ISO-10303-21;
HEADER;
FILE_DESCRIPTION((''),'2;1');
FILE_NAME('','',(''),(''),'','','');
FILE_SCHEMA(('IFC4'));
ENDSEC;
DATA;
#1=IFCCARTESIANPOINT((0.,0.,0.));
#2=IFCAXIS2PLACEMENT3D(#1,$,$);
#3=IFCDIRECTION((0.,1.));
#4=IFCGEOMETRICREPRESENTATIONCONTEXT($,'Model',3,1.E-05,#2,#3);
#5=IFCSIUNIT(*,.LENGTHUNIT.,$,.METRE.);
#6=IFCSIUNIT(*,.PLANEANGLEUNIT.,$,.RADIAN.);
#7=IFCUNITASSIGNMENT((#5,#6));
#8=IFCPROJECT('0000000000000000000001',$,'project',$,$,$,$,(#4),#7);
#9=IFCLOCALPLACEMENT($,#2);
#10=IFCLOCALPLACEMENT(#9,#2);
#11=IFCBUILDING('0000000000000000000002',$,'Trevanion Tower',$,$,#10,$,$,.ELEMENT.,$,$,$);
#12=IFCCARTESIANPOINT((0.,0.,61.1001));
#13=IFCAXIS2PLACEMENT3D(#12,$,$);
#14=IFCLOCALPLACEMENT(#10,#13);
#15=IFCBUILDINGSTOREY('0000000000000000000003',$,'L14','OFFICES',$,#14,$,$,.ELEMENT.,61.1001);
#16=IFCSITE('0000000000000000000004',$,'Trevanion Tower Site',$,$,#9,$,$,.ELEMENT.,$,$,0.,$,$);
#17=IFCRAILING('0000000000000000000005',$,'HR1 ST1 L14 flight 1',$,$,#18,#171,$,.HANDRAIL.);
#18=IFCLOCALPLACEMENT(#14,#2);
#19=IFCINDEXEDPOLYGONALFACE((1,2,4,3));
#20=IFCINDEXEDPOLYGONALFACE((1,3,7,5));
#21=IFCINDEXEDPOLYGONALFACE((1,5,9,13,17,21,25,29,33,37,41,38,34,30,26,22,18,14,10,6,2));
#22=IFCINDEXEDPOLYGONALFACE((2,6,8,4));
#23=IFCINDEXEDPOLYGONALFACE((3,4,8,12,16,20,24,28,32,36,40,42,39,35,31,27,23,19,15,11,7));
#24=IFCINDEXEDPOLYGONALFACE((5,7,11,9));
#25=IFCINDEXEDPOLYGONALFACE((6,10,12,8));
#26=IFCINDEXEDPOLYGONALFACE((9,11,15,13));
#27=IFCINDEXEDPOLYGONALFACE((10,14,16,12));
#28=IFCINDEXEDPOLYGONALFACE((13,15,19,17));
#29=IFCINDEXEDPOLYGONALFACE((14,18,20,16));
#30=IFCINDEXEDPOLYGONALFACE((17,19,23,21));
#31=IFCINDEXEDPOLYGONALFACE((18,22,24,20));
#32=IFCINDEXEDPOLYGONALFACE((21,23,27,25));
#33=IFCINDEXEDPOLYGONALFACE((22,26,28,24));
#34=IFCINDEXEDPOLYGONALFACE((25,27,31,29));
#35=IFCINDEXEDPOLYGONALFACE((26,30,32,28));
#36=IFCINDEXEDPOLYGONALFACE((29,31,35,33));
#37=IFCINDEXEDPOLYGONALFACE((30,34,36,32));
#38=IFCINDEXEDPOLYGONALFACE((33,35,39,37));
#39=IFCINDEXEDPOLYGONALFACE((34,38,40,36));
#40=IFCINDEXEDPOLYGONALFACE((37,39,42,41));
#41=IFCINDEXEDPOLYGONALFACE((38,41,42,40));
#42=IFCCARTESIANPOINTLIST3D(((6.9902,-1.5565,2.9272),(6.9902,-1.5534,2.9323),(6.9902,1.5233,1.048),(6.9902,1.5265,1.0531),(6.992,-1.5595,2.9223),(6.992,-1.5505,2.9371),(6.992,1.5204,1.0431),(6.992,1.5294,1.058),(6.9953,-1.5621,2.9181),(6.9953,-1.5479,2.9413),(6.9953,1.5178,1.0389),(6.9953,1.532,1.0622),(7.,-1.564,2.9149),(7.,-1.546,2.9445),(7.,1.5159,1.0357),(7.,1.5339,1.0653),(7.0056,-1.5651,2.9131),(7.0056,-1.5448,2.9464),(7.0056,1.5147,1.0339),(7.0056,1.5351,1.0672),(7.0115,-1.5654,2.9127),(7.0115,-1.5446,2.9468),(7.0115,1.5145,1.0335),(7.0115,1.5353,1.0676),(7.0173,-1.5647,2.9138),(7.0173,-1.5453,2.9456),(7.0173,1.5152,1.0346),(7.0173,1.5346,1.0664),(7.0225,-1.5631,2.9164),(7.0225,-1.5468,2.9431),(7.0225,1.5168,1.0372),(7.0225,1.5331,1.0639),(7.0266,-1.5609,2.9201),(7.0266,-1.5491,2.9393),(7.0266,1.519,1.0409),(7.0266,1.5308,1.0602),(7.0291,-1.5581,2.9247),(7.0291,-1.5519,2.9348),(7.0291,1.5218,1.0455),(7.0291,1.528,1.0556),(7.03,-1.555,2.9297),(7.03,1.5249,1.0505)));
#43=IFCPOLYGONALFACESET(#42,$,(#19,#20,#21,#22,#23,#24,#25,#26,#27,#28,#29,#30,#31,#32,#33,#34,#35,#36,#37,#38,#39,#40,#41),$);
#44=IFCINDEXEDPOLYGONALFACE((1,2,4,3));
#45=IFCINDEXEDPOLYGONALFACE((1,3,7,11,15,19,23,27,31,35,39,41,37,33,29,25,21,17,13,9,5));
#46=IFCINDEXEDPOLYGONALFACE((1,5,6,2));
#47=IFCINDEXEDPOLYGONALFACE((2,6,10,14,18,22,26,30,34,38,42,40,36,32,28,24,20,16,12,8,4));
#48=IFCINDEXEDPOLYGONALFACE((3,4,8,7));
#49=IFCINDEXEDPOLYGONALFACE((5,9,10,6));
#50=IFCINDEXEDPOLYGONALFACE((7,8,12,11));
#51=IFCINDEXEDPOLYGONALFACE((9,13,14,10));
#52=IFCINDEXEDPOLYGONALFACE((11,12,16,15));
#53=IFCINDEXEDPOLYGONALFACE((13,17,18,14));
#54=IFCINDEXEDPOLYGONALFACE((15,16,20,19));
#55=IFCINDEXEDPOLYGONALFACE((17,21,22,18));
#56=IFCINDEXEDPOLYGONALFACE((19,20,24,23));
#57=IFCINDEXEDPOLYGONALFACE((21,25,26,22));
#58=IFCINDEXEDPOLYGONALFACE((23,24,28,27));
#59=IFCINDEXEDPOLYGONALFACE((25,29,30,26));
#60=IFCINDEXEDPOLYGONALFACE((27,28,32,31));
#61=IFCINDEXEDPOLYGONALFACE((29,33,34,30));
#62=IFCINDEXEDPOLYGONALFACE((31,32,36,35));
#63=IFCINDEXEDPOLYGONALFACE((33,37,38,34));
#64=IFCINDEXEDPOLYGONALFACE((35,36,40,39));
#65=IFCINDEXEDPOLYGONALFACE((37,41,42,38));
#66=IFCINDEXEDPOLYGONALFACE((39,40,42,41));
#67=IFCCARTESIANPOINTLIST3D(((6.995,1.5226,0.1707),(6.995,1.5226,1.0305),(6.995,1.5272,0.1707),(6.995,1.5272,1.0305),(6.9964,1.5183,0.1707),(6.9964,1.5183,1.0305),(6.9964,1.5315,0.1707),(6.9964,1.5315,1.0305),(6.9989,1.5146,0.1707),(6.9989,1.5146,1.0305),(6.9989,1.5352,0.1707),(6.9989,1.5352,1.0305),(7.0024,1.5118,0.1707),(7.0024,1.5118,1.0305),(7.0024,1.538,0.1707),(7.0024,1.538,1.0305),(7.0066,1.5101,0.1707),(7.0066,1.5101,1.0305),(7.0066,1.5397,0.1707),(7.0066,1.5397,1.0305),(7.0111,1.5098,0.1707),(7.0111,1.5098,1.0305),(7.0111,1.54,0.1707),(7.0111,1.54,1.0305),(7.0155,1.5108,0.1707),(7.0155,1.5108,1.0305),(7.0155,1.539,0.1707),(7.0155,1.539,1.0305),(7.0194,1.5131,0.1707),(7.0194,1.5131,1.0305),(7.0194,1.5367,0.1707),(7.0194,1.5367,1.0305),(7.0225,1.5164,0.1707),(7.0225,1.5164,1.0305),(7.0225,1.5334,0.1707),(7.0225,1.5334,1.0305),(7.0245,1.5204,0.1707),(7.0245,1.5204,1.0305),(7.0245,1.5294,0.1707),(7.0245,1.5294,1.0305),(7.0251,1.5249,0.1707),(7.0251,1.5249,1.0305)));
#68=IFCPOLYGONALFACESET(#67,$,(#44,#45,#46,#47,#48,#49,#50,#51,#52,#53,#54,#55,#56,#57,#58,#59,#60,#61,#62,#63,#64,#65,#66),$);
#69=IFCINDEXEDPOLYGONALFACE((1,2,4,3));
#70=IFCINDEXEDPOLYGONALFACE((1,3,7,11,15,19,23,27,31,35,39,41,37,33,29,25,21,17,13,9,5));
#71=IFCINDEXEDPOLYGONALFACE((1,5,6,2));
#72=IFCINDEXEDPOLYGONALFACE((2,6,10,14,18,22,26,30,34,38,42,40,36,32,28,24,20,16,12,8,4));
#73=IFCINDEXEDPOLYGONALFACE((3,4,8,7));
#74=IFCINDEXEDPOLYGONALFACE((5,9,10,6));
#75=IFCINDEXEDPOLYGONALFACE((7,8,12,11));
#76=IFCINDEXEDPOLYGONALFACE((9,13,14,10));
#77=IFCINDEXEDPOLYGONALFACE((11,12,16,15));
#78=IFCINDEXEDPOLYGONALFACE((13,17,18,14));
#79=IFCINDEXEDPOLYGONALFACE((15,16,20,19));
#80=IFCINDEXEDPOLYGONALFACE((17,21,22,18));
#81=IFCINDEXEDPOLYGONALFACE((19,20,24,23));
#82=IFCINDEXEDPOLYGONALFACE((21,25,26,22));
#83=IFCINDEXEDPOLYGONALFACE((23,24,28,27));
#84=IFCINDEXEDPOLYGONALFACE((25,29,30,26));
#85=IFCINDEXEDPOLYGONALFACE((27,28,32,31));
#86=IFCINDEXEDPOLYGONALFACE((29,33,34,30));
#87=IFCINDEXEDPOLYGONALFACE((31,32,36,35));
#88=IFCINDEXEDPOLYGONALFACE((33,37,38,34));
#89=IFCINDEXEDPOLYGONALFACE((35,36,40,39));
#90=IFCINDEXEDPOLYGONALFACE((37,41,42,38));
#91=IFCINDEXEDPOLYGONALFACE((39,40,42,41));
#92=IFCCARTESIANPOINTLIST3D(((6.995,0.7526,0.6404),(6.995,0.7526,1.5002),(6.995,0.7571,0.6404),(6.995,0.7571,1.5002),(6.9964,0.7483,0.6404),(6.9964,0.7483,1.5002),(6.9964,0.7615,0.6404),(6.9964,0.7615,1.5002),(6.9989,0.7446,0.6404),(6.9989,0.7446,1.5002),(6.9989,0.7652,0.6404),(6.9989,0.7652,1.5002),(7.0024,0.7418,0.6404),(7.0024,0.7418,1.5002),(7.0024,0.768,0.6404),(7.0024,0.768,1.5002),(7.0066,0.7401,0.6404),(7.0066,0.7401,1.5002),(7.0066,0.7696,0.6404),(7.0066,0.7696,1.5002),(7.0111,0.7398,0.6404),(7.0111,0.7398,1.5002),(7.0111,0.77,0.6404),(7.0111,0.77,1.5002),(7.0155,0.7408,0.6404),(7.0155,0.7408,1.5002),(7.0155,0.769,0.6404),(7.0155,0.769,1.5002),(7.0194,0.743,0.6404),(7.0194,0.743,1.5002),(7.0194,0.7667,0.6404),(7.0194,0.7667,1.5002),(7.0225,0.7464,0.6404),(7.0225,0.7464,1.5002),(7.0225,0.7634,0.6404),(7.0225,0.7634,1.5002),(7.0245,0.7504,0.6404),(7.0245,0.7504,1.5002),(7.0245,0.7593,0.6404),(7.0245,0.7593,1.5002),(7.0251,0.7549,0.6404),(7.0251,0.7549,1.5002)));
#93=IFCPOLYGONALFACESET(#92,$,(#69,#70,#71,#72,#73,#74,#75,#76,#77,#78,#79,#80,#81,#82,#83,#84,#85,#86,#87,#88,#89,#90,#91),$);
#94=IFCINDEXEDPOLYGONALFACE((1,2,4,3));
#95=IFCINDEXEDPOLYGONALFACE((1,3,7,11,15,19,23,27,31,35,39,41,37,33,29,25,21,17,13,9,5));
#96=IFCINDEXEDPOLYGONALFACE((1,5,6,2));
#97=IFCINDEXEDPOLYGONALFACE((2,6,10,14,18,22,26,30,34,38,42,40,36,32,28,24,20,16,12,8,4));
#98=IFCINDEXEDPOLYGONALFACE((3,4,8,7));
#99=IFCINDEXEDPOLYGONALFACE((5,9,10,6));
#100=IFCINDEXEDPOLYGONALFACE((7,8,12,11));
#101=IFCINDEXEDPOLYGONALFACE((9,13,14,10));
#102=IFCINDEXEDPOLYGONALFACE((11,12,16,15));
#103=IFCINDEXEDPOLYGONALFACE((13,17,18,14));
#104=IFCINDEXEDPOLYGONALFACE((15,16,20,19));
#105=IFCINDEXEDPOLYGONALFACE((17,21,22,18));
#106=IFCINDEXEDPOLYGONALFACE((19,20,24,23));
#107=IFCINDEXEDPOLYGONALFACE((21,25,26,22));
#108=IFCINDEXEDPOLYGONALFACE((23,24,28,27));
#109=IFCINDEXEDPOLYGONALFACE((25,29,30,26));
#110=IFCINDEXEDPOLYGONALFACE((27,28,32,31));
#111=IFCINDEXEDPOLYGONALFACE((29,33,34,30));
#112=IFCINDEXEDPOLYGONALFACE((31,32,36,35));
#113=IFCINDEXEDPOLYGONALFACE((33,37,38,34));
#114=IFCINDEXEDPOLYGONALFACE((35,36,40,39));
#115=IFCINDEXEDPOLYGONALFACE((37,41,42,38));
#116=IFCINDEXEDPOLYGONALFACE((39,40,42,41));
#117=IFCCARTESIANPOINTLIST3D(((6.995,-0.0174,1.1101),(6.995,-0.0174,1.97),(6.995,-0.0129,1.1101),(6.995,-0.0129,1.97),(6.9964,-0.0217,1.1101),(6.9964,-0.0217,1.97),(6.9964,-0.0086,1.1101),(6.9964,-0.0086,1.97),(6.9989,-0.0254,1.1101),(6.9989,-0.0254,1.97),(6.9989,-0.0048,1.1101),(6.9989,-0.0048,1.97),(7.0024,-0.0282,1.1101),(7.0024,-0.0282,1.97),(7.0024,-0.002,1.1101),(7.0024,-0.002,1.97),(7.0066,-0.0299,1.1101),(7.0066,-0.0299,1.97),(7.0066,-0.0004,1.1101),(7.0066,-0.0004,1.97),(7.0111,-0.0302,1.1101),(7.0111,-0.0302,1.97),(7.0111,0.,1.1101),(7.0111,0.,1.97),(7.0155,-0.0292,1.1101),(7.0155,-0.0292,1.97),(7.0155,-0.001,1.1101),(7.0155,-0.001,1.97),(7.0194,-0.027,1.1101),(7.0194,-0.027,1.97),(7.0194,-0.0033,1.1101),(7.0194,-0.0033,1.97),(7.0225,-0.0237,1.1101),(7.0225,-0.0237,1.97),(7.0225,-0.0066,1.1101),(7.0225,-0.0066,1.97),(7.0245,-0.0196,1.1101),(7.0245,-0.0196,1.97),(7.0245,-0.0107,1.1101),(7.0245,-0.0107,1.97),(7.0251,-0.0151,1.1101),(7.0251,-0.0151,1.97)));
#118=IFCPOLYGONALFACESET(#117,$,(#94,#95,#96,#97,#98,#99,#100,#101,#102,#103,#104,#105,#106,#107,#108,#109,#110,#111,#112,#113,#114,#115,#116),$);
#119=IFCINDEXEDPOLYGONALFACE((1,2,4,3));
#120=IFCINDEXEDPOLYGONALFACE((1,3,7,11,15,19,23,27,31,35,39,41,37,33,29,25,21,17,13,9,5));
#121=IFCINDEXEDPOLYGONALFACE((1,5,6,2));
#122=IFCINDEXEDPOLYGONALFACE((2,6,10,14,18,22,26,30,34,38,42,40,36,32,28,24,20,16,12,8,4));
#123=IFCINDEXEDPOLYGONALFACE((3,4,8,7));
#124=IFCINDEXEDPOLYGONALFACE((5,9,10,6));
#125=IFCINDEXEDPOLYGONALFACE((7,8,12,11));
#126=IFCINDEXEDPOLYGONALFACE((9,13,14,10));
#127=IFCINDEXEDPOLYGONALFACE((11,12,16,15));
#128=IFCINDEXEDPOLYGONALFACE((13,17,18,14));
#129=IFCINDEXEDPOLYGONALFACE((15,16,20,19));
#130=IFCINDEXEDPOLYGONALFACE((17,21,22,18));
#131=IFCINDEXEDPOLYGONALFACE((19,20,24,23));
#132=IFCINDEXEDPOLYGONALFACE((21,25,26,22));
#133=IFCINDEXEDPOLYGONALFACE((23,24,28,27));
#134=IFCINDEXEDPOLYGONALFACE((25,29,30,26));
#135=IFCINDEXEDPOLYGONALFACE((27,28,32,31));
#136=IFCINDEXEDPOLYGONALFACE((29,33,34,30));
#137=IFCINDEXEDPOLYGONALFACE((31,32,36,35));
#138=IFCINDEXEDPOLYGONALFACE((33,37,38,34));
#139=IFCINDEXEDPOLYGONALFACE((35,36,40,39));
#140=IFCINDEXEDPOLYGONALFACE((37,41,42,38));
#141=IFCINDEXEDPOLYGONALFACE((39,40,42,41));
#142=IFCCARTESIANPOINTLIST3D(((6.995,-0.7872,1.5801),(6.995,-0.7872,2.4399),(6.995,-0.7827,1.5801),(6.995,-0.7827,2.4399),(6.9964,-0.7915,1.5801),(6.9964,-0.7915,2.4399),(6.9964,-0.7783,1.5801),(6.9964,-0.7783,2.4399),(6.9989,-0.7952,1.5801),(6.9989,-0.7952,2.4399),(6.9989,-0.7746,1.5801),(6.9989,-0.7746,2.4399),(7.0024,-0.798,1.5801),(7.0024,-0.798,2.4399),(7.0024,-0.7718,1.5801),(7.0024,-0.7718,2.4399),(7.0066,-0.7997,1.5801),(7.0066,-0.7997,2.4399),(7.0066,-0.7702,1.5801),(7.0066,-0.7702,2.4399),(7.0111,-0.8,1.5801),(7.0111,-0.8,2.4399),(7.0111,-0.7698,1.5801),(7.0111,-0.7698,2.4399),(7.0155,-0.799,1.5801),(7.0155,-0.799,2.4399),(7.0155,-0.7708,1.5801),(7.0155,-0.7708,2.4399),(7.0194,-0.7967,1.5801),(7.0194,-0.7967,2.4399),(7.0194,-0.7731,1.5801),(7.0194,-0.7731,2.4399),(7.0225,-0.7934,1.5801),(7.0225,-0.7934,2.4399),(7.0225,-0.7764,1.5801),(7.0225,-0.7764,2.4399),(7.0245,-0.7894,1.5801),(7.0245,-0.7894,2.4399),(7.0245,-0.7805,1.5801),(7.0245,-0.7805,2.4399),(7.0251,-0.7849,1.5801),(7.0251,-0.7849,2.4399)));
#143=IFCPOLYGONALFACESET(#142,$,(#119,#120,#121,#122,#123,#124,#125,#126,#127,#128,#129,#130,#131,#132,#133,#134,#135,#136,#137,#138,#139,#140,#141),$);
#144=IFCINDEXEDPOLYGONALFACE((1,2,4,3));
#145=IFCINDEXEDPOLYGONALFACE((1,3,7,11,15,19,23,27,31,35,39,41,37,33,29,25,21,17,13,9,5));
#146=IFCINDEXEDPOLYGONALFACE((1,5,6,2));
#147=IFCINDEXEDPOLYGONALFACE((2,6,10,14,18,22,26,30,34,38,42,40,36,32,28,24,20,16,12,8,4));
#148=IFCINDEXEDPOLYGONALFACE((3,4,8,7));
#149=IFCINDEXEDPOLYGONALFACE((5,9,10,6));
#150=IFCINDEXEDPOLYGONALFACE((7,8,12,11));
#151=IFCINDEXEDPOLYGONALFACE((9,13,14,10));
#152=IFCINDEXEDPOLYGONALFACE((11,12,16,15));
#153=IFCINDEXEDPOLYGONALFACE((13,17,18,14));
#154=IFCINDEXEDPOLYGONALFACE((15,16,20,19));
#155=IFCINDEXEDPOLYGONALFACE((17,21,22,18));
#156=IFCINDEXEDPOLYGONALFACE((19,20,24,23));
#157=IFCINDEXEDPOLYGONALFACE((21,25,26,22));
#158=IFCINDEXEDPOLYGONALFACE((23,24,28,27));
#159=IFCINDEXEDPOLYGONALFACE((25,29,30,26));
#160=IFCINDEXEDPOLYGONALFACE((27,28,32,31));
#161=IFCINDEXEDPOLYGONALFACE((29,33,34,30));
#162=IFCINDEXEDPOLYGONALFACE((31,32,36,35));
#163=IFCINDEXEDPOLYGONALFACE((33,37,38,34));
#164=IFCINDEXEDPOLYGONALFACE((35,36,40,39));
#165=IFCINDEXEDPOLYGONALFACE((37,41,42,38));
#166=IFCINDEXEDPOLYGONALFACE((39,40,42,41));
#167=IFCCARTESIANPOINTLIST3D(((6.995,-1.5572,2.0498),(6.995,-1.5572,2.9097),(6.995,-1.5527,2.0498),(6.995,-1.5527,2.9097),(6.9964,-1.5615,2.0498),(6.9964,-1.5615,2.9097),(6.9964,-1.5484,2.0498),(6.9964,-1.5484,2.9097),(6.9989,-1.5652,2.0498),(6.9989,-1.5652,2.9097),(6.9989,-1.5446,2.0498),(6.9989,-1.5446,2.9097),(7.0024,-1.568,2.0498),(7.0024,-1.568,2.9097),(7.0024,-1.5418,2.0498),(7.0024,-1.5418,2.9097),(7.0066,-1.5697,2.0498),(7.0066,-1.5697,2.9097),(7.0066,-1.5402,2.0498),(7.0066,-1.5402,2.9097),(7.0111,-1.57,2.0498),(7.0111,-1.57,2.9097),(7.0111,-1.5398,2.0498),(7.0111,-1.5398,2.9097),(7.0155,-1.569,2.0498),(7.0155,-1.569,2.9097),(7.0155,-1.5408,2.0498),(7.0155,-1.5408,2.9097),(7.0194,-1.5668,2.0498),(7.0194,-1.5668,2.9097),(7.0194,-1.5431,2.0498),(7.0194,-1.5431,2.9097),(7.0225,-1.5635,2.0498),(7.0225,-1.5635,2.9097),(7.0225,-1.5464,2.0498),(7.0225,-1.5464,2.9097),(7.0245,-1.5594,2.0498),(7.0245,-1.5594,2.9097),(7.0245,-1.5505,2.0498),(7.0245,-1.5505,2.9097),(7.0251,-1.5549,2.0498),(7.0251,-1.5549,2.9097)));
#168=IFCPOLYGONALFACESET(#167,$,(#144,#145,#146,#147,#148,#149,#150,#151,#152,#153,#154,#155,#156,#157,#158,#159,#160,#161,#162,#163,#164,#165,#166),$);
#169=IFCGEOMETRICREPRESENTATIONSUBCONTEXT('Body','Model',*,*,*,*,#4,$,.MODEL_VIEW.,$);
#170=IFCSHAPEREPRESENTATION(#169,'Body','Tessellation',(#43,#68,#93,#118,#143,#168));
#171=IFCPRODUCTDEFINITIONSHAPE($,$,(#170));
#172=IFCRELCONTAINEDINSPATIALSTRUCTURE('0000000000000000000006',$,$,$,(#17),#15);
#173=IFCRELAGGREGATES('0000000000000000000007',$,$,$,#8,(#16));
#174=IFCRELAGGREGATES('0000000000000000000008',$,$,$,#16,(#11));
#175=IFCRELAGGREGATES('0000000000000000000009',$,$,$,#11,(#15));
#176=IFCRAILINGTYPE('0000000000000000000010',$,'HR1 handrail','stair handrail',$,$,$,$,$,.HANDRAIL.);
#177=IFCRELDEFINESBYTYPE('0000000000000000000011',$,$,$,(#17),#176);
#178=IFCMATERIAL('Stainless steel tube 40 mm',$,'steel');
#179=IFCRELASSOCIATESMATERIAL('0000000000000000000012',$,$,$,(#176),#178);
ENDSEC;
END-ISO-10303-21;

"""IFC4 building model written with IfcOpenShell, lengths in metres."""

from ifc_helpers import new_model, si_unit, direction, frame, origin, origin_2d, place, context, subcontext, project, spatial, circle, extrude, material, type_object, element, save


model = new_model("IFC4")

# Units and contexts
model_context = context("Model", 3, precision=1e-05, world=origin(), true_north=direction((0.0, 1.0)))
body_context = subcontext(model_context, "Body", "Model", "MODEL_VIEW")
ifc_project = project(units=[si_unit("LENGTHUNIT", "METRE"), si_unit("PLANEANGLEUNIT", "RADIAN")], contexts=[model_context])

# Site, building, storey
site_placement = place(None, origin())
site = spatial("IfcSite", under=ifc_project, at=site_placement, Name="Trevanion Tower Site", CompositionType="ELEMENT", RefElevation=0.0)
building_placement = place(site_placement, origin())
building = spatial("IfcBuilding", under=site, at=building_placement, Name="Trevanion Tower", CompositionType="ELEMENT")
storey_placement = place(building_placement, frame((0.0, 0.0, 61.1001)))
storey = spatial("IfcBuildingStorey", under=building, at=storey_placement, Name="L14", Description="OFFICES", CompositionType="ELEMENT", Elevation=61.1001)

# Railing
ifc_material_1 = material(Name="Stainless steel tube 40 mm", Category="steel")
railing_type = type_object("IfcRailingType", Name="HR1 handrail", Description="stair handrail", PredefinedType="HANDRAIL", material=ifc_material_1)
for number, where, name in (
    (1, (7.01, 1.5249, 0.1707), "HR1 ST1 L14 flight 1"),
):
    element("IfcRailing", number, at=place(storey_placement, frame(where)), inside=storey, type_object=railing_type, Name=name, PredefinedType="HANDRAIL", context=body_context, shape_type="SweptSolid", body=[
        extrude(circle(Radius=0.02, at=origin_2d()), frame((0.0, 0.0, 0.8799), z_axis=(0.0, -0.853648, 0.52085), x_axis=(1.0, 0.0, 0.0)), (0.0, 0.0, 1.0), 3.6079),
        extrude(circle(Radius=0.0151, at=origin_2d()), origin(), (0.0, 0.0, 1.0), 0.8599),
        extrude(circle(Radius=0.0151, at=origin_2d()), frame((0.0, -0.77, 0.4697)), (0.0, 0.0, 1.0), 0.8599),
        extrude(circle(Radius=0.0151, at=origin_2d()), frame((0.0, -1.54, 0.9395)), (0.0, 0.0, 1.0), 0.8599),
        extrude(circle(Radius=0.0151, at=origin_2d()), frame((0.0, -2.3098, 1.4094)), (0.0, 0.0, 1.0), 0.8599),
        extrude(circle(Radius=0.0151, at=origin_2d()), frame((0.0, -3.0798, 1.8792)), (0.0, 0.0, 1.0), 0.8599),
    ])

save(model, "model.ifc")
